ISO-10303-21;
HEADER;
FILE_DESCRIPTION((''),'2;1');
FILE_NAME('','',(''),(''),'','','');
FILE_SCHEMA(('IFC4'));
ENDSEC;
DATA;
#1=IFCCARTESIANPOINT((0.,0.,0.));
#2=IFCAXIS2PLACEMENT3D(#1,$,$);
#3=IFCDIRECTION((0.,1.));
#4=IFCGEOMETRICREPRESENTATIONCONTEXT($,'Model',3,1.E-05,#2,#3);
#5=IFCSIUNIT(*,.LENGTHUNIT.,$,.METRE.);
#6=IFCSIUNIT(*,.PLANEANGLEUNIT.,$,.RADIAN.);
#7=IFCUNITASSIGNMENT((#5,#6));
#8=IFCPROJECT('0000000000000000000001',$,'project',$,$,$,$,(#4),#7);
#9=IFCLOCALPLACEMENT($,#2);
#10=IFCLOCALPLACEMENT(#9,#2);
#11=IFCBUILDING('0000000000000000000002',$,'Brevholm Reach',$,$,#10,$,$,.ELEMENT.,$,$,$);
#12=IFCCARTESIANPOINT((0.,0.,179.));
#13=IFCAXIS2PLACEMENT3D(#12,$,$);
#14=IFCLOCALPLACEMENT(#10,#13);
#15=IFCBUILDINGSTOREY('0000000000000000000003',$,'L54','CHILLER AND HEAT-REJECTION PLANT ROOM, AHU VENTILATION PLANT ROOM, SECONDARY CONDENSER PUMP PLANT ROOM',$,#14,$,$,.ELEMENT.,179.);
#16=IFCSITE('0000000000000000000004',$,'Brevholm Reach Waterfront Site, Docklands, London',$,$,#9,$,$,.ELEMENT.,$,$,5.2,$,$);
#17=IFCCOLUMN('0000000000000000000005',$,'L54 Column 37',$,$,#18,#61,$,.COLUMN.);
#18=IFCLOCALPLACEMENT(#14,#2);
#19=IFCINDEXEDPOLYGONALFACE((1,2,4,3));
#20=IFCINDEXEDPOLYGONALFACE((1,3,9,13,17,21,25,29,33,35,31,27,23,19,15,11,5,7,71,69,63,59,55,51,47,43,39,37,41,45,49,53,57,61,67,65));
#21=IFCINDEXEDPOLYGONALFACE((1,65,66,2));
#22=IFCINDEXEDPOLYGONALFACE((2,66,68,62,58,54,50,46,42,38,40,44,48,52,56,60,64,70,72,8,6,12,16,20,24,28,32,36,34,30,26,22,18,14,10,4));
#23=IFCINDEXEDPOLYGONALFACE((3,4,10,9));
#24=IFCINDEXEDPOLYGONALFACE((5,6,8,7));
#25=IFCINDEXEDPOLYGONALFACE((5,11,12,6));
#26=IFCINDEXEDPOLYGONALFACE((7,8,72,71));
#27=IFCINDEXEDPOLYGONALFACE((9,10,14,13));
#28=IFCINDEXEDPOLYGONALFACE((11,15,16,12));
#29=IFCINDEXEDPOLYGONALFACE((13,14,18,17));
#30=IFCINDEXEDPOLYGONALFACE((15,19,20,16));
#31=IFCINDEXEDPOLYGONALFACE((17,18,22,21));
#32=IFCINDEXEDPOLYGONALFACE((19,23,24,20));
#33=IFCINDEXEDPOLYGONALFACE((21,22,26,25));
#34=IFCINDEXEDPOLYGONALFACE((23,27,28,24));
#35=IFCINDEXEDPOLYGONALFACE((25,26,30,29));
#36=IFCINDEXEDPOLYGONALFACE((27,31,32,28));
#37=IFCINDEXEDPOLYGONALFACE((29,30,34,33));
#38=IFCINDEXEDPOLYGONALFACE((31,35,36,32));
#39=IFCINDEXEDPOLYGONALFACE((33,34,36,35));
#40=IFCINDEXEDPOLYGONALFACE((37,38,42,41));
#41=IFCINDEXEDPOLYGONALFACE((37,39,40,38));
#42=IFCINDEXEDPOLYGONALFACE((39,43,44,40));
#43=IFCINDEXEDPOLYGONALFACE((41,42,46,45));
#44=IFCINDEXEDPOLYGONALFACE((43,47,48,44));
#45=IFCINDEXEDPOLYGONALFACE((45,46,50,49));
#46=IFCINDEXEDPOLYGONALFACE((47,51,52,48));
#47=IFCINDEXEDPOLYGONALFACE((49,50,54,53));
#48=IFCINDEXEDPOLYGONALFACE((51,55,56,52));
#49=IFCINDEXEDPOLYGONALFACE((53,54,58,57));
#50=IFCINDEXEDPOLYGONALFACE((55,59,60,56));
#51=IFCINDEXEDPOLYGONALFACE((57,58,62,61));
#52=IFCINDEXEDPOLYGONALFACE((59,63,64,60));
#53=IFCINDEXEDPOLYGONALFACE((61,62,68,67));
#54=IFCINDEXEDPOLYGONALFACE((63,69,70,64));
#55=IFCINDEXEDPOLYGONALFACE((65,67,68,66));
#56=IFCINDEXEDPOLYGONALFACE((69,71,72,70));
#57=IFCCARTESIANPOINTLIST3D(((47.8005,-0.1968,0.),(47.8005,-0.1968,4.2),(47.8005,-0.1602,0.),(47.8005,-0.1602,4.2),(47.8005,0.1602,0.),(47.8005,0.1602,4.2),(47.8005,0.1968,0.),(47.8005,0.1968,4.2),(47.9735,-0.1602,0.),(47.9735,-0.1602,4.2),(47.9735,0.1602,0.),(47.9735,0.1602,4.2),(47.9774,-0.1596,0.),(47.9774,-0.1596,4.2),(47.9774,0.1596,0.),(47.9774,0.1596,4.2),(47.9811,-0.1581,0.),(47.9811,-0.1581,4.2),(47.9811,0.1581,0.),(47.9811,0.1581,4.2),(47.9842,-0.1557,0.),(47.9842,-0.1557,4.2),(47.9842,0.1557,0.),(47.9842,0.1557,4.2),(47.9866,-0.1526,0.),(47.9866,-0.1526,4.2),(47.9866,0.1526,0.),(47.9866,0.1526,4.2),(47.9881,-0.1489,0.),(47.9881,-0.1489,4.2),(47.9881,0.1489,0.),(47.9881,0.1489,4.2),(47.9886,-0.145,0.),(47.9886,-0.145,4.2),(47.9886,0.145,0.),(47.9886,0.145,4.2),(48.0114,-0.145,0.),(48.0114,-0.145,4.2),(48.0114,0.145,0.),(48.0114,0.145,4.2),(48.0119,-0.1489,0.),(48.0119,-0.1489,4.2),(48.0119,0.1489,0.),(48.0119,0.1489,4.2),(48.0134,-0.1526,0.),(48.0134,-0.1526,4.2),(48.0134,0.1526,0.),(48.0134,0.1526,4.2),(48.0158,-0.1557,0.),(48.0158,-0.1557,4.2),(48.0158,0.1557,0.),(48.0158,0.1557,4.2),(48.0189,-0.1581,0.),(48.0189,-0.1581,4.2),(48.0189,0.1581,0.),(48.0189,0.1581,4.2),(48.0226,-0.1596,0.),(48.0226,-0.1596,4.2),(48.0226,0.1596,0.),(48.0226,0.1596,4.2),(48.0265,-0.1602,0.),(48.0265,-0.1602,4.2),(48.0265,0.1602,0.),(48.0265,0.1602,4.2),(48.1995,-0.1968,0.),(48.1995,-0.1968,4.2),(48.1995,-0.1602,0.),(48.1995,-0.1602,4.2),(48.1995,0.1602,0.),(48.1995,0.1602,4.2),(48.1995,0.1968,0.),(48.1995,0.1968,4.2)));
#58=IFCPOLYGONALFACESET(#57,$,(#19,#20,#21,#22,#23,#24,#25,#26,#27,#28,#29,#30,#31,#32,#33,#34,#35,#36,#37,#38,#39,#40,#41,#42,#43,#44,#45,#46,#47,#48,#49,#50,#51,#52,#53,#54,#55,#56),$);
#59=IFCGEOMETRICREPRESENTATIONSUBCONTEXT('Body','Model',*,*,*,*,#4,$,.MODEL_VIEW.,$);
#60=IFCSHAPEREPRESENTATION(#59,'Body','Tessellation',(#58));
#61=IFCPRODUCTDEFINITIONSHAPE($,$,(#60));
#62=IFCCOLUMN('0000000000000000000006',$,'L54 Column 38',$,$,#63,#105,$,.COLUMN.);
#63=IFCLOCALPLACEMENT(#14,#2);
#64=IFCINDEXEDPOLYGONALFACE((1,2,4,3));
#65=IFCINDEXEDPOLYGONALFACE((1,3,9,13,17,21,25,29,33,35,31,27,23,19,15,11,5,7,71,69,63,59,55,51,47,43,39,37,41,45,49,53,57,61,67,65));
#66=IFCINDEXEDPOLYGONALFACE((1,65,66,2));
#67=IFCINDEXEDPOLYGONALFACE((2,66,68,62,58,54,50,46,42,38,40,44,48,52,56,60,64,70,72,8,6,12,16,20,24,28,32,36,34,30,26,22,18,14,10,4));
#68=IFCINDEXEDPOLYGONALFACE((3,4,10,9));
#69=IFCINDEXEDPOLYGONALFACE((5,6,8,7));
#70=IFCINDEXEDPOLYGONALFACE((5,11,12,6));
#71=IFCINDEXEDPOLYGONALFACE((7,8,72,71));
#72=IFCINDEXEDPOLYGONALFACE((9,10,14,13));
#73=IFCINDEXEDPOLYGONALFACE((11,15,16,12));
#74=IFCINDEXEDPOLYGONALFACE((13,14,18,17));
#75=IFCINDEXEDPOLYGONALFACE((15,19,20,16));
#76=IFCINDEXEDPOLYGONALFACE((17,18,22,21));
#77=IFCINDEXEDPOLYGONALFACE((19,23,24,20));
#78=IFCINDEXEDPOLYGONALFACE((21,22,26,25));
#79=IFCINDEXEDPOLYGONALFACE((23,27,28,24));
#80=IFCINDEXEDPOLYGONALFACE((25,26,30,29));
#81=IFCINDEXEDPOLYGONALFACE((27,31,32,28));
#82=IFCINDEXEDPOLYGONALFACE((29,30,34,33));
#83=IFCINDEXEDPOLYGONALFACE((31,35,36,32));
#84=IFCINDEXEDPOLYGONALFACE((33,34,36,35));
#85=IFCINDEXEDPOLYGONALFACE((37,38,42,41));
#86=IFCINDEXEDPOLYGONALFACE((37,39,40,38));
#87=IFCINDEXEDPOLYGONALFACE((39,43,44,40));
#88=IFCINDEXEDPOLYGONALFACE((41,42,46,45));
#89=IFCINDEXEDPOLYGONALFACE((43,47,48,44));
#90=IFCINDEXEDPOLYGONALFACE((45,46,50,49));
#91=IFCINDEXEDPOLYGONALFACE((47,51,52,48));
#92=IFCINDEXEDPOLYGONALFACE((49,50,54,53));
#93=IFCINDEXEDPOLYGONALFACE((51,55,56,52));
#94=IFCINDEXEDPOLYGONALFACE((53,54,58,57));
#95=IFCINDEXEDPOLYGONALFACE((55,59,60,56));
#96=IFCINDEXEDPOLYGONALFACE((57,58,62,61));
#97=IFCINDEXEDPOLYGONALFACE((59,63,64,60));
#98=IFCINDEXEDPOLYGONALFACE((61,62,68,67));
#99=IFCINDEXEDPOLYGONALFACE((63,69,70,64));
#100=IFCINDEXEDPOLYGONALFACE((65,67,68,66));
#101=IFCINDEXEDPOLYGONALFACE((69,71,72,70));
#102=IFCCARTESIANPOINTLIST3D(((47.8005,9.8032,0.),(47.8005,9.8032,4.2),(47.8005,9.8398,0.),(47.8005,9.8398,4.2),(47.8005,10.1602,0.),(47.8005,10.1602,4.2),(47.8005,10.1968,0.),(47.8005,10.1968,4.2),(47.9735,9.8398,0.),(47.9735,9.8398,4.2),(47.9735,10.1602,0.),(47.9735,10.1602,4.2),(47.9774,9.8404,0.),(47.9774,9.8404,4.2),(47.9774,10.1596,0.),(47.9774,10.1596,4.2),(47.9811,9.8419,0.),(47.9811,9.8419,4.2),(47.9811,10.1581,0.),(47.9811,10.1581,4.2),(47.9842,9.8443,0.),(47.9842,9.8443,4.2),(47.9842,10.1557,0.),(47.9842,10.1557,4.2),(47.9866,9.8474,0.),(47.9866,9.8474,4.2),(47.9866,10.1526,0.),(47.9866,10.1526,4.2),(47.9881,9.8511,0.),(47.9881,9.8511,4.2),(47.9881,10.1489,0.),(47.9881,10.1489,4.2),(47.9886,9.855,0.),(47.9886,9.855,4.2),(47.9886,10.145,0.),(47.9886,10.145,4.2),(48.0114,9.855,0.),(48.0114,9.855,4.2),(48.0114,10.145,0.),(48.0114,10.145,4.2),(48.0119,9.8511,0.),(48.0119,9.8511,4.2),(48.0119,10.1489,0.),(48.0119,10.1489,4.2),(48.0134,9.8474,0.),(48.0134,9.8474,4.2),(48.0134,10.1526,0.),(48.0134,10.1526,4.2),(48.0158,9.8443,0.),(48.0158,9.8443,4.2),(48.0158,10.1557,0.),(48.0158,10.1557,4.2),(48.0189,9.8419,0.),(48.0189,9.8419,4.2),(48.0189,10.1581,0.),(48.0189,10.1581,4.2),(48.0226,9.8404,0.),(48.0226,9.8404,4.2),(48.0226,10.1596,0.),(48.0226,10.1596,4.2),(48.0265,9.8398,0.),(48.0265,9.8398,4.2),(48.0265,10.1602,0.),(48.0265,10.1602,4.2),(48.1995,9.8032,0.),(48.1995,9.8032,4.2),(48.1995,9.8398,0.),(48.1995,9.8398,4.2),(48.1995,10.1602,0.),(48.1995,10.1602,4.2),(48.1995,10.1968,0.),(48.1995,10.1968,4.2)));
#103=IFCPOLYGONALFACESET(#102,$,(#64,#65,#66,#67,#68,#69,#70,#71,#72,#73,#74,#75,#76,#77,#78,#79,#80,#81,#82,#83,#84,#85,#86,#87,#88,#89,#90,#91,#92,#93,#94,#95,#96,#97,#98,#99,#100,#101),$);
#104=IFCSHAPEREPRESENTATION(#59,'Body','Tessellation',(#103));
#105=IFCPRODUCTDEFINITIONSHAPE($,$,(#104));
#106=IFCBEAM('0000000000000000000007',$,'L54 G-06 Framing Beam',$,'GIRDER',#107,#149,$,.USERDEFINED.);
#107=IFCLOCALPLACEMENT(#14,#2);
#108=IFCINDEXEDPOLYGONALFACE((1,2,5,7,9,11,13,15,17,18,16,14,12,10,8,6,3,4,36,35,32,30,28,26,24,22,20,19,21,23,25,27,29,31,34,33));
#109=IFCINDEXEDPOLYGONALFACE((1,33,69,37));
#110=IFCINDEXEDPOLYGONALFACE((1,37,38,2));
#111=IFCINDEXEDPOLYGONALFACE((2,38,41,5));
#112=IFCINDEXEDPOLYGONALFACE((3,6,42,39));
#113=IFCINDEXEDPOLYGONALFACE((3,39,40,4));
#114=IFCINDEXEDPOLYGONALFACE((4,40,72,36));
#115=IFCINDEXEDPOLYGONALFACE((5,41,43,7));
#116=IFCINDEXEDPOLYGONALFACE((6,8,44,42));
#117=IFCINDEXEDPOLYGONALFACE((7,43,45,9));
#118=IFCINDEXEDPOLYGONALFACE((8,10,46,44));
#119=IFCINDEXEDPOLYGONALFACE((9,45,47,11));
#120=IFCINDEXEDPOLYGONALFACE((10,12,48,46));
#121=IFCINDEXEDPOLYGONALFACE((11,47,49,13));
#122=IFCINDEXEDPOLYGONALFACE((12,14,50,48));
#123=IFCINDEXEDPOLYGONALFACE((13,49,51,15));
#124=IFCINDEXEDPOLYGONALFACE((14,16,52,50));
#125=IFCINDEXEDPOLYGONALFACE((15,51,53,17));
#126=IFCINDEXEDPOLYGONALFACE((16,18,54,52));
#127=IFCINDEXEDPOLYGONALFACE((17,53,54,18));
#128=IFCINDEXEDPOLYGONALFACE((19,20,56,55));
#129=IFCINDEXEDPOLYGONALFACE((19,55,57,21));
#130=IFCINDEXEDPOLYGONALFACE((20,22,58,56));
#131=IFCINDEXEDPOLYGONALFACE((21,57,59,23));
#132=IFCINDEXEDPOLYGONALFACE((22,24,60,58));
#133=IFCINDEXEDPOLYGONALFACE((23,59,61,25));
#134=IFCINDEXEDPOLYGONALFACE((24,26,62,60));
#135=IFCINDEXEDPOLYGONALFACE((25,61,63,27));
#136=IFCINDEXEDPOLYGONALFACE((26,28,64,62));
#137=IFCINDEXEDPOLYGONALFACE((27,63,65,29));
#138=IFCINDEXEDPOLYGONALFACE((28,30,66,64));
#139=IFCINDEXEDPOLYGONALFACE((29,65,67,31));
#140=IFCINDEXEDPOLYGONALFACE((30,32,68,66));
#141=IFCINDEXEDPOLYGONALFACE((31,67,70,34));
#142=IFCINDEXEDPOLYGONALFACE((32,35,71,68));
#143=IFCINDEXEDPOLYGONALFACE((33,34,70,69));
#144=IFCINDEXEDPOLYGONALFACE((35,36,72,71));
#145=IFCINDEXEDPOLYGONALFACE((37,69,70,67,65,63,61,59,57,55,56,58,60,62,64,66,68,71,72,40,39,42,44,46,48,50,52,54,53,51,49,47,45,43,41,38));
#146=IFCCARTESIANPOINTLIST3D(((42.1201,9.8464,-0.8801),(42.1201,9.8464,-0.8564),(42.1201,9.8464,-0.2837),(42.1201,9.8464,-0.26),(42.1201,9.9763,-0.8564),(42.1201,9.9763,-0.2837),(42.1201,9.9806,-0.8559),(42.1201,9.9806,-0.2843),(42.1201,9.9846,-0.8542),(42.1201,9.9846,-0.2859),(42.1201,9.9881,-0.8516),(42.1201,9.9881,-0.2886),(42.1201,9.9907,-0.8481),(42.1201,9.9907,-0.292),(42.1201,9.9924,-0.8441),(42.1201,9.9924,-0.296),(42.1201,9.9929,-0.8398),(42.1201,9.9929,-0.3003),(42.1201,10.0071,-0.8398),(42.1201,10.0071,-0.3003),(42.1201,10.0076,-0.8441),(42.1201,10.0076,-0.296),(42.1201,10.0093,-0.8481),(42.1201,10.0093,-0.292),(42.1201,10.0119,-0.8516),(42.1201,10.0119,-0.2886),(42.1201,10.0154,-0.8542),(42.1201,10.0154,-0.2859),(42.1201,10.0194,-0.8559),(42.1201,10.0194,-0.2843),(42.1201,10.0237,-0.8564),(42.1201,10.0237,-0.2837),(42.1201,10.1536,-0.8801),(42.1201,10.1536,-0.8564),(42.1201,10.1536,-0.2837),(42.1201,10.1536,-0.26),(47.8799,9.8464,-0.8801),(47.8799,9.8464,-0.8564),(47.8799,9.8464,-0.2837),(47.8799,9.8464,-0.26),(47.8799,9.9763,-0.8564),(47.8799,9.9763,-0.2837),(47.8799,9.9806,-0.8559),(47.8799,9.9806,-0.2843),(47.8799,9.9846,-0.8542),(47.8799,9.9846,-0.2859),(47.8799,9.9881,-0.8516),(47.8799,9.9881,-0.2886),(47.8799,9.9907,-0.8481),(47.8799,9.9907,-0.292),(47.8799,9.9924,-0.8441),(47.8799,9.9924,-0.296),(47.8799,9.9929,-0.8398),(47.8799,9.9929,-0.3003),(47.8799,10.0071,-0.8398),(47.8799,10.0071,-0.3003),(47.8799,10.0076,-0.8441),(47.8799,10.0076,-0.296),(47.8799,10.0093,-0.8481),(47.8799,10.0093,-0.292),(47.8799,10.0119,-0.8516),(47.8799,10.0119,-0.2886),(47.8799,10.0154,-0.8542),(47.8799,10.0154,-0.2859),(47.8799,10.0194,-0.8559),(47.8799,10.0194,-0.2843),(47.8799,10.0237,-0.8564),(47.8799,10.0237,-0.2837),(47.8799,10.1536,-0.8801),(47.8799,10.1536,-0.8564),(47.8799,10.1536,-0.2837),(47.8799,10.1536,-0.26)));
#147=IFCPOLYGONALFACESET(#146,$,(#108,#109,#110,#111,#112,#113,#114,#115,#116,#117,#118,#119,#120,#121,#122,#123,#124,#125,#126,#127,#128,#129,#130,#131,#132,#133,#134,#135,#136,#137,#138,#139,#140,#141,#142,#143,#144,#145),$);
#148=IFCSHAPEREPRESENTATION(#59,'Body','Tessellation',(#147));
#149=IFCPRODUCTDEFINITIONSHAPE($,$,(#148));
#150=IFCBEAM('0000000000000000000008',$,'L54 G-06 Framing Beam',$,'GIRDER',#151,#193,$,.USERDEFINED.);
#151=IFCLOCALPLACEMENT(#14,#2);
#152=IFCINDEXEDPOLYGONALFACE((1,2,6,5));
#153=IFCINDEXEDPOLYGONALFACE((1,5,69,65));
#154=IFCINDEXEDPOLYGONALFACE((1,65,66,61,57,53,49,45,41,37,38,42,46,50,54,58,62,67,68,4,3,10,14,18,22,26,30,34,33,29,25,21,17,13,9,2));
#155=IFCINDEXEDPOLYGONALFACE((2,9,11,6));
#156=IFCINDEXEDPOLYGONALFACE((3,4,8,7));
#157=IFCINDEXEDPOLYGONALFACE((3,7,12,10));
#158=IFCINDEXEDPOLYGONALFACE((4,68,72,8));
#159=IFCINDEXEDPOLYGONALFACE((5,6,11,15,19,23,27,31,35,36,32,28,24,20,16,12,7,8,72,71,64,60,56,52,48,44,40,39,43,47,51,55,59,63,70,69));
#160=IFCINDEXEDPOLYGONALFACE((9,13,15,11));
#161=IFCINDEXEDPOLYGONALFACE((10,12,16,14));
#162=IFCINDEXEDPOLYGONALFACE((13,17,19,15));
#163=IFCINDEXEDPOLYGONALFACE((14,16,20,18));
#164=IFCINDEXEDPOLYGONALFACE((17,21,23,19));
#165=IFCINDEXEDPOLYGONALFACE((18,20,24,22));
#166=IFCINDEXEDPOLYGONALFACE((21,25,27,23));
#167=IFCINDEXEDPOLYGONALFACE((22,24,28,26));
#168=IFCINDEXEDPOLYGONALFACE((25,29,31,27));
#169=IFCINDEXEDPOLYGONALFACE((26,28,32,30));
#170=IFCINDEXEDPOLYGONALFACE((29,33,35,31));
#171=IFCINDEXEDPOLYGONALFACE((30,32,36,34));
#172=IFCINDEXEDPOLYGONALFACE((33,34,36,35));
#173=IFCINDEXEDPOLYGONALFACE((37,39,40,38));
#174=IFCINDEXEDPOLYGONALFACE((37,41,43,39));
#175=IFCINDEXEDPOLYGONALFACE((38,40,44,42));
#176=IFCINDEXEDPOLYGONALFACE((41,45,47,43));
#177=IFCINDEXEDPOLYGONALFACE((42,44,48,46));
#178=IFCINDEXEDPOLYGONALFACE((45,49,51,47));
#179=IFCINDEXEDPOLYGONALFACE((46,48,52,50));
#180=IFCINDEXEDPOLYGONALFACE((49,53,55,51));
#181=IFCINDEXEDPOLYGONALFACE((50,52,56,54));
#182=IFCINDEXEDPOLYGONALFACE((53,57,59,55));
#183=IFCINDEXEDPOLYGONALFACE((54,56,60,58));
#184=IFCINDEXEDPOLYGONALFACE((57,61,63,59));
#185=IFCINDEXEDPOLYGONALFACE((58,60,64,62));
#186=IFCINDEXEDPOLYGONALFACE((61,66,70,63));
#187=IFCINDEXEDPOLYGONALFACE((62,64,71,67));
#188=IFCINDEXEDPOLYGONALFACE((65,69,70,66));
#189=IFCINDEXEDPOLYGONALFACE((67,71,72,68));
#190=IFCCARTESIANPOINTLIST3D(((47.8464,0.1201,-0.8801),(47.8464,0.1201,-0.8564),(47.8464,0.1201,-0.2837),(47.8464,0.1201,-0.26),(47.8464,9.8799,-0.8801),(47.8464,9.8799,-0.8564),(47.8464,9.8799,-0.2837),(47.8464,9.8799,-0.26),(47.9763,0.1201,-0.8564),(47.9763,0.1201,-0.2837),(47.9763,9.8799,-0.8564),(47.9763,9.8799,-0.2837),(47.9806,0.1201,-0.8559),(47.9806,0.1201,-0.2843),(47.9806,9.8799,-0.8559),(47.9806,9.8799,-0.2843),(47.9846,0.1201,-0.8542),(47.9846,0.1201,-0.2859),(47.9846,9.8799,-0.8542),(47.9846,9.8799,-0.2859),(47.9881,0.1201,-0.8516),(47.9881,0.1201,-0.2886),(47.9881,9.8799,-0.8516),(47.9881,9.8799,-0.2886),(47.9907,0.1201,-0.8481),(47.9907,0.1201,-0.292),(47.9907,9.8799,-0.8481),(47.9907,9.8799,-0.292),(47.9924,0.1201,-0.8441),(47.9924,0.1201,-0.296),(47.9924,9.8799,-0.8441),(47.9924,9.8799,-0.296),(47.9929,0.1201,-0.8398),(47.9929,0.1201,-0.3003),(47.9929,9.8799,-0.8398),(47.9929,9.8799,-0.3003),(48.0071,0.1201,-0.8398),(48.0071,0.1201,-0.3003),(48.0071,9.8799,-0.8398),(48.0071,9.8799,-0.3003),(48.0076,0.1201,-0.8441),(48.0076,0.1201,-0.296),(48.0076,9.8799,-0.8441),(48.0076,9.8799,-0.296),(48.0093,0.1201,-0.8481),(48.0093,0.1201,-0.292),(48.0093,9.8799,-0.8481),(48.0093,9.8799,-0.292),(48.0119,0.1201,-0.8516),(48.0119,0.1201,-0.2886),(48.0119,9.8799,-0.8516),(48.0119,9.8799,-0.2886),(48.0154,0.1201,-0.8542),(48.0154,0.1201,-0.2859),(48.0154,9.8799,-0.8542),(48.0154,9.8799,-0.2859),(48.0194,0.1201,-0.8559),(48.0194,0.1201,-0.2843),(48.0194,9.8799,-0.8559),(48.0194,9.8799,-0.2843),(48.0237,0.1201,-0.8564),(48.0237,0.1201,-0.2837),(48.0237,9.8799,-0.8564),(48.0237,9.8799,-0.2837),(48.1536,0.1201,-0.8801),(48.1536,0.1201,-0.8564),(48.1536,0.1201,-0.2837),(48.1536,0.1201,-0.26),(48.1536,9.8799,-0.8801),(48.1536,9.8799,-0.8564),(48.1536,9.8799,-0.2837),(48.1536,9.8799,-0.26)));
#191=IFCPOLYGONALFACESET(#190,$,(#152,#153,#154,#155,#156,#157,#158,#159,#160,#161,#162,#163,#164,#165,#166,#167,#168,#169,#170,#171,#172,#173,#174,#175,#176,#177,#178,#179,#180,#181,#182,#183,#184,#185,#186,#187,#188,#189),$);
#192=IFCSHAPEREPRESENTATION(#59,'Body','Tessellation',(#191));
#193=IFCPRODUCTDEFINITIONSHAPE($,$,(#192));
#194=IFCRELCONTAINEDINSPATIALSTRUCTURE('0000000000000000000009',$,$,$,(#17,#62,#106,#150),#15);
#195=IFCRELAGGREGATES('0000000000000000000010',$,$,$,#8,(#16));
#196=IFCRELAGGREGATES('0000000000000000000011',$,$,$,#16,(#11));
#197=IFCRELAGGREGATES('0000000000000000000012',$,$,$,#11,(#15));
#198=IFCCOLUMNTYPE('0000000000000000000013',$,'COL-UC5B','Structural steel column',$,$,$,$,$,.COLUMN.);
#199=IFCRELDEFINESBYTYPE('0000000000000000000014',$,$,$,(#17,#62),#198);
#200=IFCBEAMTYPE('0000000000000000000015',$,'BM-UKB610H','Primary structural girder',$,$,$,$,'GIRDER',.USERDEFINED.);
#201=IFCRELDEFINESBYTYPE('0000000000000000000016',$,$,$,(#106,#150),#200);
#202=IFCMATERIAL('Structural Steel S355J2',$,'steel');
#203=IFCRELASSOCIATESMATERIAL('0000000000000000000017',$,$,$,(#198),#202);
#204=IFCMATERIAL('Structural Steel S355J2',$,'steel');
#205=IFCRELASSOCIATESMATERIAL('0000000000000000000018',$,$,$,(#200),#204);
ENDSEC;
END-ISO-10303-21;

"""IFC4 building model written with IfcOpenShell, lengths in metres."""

from ifc_helpers import new_model, si_unit, direction, frame, origin, origin_2d, place, context, subcontext, project, spatial, i_section, extrude, material, material_profile, profile_set, type_object, element, save


model = new_model("IFC4")

# Units and contexts
model_context = context("Model", 3, precision=1e-05, world=origin(), true_north=direction((0.0, 1.0)))
body_context = subcontext(model_context, "Body", "Model", "MODEL_VIEW")
ifc_project = project(units=[si_unit("LENGTHUNIT", "METRE"), si_unit("PLANEANGLEUNIT", "RADIAN")], contexts=[model_context])

# Site, building, storey
site_placement = place(None, origin())
site = spatial("IfcSite", under=ifc_project, at=site_placement, Name="Brevholm Reach Waterfront Site, Docklands, London", CompositionType="ELEMENT", RefElevation=5.2)
building_placement = place(site_placement, origin())
building = spatial("IfcBuilding", under=site, at=building_placement, Name="Brevholm Reach", CompositionType="ELEMENT")
storey_placement = place(building_placement, frame((0.0, 0.0, 179.0)))
storey = spatial("IfcBuildingStorey", under=building, at=storey_placement, Name="L54", Description="CHILLER AND HEAT-REJECTION PLANT ROOM, AHU VENTILATION PLANT ROOM, SECONDARY CONDENSER PUMP PLANT ROOM", CompositionType="ELEMENT", Elevation=179.0)

# Columns
ifc_material_1 = material(Name="Structural Steel S355J2", Category="steel")
ifc_material_profile_1 = material_profile(ifc_material_1, i_section(OverallWidth=0.3989, OverallDepth=0.3936, WebThickness=0.0227, FlangeThickness=0.0366, FilletRadius=0.0151, at=origin_2d()), Name="UKC 356x406x287")
ifc_profile_set_1 = profile_set([ifc_material_profile_1], Name="Structural Steel S355J2")
column_type = type_object("IfcColumnType", Name="COL-UC5B", Description="Structural steel column", PredefinedType="COLUMN", material=ifc_profile_set_1)
for number, where, z_axis, x_axis, name in (
    (1, (48.0, 0.0, 0.0), (0.0, 0.0, 1.0), (1.0, 0.0, 0.0), "L54 Column 37"),
    (2, (48.0, 10.0, 0.0), (0.0, 0.0, 1.0), (1.0, 0.0, 0.0), "L54 Column 38"),
):
    element("IfcColumn", number, at=place(storey_placement, frame(where, z_axis=z_axis, x_axis=x_axis)), inside=storey, type_object=column_type, Name=name, PredefinedType="COLUMN", context=body_context, shape_type="SweptSolid", body=[
        extrude(i_section(OverallWidth=0.3989, OverallDepth=0.3936, WebThickness=0.0227, FlangeThickness=0.0366, FilletRadius=0.0151, at=origin_2d()), origin(), (0.0, 0.0, 1.0), 4.2),
    ])

# Beams
ifc_material_2 = material(Name="Structural Steel S355J2", Category="steel")
ifc_material_profile_2 = material_profile(ifc_material_2, i_section(OverallWidth=0.3071, OverallDepth=0.6201, WebThickness=0.0142, FlangeThickness=0.0237, FilletRadius=0.0166, at=origin_2d()), Name="UKB 610x305x179")
ifc_profile_set_2 = profile_set([ifc_material_profile_2], Name="Structural Steel S355J2")
beam_type = type_object("IfcBeamType", Name="BM-UKB610H", Description="Primary structural girder", ElementType="GIRDER", PredefinedType="USERDEFINED", material=ifc_profile_set_2)
beam_1_placement = place(storey_placement, frame((42.1201, 10.0, -0.5701), z_axis=(1.0, 0.0, 0.0), x_axis=(0.0, 1.0, 0.0)))
element("IfcBeam", 3, at=beam_1_placement, inside=storey, type_object=beam_type, Name="L54 G-06 Framing Beam", ObjectType="GIRDER", PredefinedType="USERDEFINED", context=body_context, shape_type="SweptSolid", body=[
    extrude(i_section(OverallWidth=0.3071, OverallDepth=0.6201, WebThickness=0.0142, FlangeThickness=0.0237, FilletRadius=0.0166, at=origin_2d()), origin(), (0.0, 0.0, 1.0), 5.7598),
])
beam_2_placement = place(storey_placement, frame((48.0, 0.1201, -0.5701), z_axis=(0.0, 1.0, 0.0), x_axis=(-1.0, 0.0, 0.0)))
element("IfcBeam", 4, at=beam_2_placement, inside=storey, type_object=beam_type, Name="L54 G-06 Framing Beam", ObjectType="GIRDER", PredefinedType="USERDEFINED", context=body_context, shape_type="SweptSolid", body=[
    extrude(i_section(OverallWidth=0.3071, OverallDepth=0.6201, WebThickness=0.0142, FlangeThickness=0.0237, FilletRadius=0.0166, at=origin_2d()), origin(), (0.0, 0.0, 1.0), 9.7598),
])

save(model, "model.ifc")
